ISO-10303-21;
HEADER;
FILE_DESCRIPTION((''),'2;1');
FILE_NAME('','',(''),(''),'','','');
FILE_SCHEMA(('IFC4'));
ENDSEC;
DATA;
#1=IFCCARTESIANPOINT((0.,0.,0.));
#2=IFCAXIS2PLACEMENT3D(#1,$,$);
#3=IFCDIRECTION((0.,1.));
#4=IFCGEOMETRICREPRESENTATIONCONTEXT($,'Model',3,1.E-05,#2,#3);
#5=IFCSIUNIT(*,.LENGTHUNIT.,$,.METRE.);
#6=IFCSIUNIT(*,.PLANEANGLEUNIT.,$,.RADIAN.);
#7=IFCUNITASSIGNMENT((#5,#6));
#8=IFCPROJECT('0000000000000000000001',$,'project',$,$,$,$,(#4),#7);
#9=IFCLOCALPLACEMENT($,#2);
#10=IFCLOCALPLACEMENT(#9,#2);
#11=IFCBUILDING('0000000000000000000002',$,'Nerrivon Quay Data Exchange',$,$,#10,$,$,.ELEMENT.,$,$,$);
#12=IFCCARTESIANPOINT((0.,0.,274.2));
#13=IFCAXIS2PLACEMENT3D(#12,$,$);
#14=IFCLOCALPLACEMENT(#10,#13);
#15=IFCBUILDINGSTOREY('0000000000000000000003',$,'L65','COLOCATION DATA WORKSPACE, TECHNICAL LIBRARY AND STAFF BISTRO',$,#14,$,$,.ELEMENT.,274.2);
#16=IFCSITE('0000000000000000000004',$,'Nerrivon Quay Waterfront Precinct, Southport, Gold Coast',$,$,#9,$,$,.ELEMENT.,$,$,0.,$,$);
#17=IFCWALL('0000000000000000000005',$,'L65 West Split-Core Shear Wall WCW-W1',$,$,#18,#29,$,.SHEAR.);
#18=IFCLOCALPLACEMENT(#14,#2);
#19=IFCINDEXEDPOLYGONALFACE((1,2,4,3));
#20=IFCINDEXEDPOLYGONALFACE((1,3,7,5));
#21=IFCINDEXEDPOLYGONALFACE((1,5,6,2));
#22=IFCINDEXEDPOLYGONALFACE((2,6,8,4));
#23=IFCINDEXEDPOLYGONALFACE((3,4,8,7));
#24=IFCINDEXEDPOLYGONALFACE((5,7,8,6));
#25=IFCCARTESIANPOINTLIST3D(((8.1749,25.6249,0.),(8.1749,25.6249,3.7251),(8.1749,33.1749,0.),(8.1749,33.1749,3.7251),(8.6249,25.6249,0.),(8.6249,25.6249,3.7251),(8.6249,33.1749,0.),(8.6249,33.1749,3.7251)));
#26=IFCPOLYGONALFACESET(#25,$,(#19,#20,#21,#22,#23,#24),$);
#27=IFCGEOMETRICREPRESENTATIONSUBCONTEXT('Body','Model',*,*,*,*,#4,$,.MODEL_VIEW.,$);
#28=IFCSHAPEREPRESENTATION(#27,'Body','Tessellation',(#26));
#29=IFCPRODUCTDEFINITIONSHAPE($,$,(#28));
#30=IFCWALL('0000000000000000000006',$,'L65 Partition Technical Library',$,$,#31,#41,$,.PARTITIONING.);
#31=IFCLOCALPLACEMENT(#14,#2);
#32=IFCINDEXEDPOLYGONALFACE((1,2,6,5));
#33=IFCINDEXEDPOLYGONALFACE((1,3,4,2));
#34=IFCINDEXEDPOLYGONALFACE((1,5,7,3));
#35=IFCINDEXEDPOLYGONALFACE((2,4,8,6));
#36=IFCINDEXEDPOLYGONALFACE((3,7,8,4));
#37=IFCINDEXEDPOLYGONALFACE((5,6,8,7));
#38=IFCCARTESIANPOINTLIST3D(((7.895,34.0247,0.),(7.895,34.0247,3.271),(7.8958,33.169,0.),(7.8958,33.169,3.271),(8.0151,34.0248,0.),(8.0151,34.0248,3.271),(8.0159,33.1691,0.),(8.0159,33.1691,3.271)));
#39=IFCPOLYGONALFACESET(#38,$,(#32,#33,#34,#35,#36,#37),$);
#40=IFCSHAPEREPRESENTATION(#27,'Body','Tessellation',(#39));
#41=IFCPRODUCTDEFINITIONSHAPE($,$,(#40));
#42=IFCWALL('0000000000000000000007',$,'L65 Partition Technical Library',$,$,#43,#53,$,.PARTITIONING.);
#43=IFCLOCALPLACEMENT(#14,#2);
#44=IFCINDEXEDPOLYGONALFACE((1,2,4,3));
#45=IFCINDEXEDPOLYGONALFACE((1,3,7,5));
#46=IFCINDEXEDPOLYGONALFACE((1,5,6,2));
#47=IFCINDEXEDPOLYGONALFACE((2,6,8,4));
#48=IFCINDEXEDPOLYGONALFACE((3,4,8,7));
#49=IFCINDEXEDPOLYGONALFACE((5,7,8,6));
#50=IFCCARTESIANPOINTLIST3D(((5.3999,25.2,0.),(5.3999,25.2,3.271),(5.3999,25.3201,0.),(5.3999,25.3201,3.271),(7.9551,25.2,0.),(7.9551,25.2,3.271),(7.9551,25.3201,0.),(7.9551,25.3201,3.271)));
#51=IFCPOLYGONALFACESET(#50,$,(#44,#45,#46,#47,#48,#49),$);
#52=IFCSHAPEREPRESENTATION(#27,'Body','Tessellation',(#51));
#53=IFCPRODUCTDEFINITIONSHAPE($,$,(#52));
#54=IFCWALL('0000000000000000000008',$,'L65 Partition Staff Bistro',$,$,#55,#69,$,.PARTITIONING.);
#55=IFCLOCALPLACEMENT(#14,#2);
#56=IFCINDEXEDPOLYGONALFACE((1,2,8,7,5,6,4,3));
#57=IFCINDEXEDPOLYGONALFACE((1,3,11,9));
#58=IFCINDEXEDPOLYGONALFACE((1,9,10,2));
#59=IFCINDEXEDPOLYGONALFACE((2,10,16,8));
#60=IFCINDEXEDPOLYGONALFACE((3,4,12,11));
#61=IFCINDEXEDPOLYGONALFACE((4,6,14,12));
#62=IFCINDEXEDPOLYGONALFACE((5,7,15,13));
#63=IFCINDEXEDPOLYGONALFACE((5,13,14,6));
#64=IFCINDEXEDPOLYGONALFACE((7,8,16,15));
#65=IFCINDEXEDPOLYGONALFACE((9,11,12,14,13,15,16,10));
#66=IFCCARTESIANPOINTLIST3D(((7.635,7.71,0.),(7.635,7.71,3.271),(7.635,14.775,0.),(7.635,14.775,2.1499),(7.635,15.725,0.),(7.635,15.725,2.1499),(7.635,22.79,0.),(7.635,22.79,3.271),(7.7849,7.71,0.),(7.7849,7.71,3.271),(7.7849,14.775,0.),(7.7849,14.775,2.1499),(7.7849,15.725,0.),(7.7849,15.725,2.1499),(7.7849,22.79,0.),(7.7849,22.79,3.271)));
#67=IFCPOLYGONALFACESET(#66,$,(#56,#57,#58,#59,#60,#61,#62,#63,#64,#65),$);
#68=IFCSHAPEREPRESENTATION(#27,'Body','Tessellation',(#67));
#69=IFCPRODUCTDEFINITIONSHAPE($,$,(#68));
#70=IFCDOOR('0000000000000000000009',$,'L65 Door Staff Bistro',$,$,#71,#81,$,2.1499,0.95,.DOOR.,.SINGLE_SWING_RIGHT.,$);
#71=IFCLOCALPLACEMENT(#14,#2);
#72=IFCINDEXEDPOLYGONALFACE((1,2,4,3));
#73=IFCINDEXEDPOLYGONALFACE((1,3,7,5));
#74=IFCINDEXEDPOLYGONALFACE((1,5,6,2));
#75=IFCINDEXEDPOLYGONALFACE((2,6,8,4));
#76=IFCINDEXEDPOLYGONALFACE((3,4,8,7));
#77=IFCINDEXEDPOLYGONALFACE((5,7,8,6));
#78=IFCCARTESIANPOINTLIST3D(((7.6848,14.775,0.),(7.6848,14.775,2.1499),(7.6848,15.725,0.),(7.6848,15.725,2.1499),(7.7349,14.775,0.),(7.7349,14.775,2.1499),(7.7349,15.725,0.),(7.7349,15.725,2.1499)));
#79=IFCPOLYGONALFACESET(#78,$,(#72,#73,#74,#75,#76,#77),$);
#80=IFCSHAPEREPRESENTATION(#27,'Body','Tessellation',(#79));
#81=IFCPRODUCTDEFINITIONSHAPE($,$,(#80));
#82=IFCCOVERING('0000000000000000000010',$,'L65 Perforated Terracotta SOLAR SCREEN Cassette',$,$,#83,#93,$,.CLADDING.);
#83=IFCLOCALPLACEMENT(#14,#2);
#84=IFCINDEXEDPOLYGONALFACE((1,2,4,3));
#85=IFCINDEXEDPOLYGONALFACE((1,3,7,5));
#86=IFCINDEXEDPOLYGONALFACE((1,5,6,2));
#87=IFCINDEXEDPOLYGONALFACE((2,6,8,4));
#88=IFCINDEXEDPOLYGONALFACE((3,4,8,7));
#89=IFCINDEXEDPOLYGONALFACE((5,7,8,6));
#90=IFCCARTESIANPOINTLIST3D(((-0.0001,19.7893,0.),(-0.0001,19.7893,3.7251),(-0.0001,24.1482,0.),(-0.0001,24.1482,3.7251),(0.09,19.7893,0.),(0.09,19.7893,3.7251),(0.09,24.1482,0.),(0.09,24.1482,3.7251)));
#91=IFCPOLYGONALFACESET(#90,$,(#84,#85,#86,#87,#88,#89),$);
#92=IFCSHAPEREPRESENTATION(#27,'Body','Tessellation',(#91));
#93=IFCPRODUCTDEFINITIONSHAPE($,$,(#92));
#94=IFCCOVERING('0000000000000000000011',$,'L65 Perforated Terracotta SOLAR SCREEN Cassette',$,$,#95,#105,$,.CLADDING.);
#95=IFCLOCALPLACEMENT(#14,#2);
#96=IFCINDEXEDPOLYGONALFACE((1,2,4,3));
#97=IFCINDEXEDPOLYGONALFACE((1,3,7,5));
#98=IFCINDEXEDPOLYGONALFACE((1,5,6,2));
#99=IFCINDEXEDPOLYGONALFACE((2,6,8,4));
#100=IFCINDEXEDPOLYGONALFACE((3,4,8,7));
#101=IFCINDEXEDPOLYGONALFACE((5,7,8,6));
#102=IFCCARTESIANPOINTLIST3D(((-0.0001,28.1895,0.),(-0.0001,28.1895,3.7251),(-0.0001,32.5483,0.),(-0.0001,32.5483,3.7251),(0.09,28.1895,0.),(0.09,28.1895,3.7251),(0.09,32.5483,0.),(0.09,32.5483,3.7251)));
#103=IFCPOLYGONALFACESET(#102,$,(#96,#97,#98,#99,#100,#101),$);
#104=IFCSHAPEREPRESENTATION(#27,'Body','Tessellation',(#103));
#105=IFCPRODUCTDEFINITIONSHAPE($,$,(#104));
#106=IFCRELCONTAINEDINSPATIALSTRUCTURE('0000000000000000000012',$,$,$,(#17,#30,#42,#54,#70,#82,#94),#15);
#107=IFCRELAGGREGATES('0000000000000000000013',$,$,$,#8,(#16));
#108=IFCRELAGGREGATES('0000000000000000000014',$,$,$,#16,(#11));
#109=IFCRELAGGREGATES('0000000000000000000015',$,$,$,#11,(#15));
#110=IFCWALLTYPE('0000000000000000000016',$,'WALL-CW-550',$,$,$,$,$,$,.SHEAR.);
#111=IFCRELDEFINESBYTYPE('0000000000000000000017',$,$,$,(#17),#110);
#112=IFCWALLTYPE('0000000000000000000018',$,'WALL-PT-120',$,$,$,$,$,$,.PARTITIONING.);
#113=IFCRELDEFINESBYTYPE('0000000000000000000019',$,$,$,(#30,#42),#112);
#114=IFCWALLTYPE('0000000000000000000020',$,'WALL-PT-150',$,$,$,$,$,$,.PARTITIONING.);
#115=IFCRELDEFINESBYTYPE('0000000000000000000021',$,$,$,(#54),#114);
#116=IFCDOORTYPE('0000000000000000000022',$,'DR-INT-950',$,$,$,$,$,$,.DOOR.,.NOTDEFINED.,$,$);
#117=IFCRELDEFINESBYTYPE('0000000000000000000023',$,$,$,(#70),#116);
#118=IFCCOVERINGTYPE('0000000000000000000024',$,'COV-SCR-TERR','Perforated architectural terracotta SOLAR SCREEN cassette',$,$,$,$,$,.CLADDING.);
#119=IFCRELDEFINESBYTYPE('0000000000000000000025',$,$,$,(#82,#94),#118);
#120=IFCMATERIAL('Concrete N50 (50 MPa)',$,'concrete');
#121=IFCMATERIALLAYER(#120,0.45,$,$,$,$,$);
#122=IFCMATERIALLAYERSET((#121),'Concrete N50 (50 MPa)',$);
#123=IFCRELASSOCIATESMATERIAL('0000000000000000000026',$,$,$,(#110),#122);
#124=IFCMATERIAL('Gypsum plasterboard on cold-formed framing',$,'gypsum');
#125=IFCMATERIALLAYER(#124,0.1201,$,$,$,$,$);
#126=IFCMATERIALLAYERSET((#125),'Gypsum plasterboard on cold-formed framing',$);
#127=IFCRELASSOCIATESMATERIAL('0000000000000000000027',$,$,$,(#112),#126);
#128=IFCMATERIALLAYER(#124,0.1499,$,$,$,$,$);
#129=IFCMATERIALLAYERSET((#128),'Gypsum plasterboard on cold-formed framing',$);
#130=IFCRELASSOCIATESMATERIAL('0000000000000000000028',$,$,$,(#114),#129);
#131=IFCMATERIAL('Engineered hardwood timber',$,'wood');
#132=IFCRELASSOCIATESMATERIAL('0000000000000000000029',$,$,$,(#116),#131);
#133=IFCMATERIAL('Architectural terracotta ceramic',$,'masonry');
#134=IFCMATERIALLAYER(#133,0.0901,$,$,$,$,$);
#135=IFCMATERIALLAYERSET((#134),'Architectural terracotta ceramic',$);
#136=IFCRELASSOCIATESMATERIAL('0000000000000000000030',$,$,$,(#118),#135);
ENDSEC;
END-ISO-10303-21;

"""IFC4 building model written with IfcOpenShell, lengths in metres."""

from ifc_helpers import new_model, si_unit, direction, frame, frame_2d, origin, origin_2d, place, context, subcontext, project, spatial, rectangle, extrude, material, layer, layer_set, type_object, element, fill, save


model = new_model("IFC4")

# Units and contexts
model_context = context("Model", 3, precision=1e-05, world=origin(), true_north=direction((0.0, 1.0)))
body_context = subcontext(model_context, "Body", "Model", "MODEL_VIEW")
ifc_project = project(units=[si_unit("LENGTHUNIT", "METRE"), si_unit("PLANEANGLEUNIT", "RADIAN")], contexts=[model_context])

# Site, building, storey
site_placement = place(None, origin())
site = spatial("IfcSite", under=ifc_project, at=site_placement, Name="Nerrivon Quay Waterfront Precinct, Southport, Gold Coast", CompositionType="ELEMENT", RefElevation=0.0)
building_placement = place(site_placement, origin())
building = spatial("IfcBuilding", under=site, at=building_placement, Name="Nerrivon Quay Data Exchange", CompositionType="ELEMENT")
storey_placement = place(building_placement, frame((0.0, 0.0, 274.2)))
storey = spatial("IfcBuildingStorey", under=building, at=storey_placement, Name="L65", Description="COLOCATION DATA WORKSPACE, TECHNICAL LIBRARY AND STAFF BISTRO", CompositionType="ELEMENT", Elevation=274.2)

# Shared definitions
ifc_material_1 = material(Name="Concrete N50 (50 MPa)", Category="concrete")

# Walls
ifc_layer_1 = layer(ifc_material_1, 0.45)
ifc_layer_set_1 = layer_set([ifc_layer_1], Name="Concrete N50 (50 MPa)")
wall_type_1 = type_object("IfcWallType", Name="WALL-CW-550", PredefinedType="SHEAR", material=ifc_layer_set_1)
wall_1_placement = place(storey_placement, frame((8.3999, 25.625, 0.0), z_axis=(0.0, 0.0, 1.0), x_axis=(0.0, 1.0, 0.0)))
element("IfcWall", 1, at=wall_1_placement, inside=storey, type_object=wall_type_1, Name="L65 West Split-Core Shear Wall WCW-W1", PredefinedType="SHEAR", context=body_context, shape_type="SweptSolid", body=[
    extrude(rectangle(XDim=7.55, YDim=0.45, at=frame_2d((3.7749, 0.0))), origin(), (0.0, 0.0, 1.0), 3.7251),
])
ifc_material_2 = material(Name="Gypsum plasterboard on cold-formed framing", Category="gypsum")
ifc_layer_2 = layer(ifc_material_2, 0.1201)
ifc_layer_set_2 = layer_set([ifc_layer_2], Name="Gypsum plasterboard on cold-formed framing")
wall_type_2 = type_object("IfcWallType", Name="WALL-PT-120", PredefinedType="PARTITIONING", material=ifc_layer_set_2)
wall_2_placement = place(storey_placement, frame((7.9558, 33.1692, 0.0), z_axis=(0.0, 0.0, 1.0), x_axis=(-0.000856, 1.0, 0.0)))
element("IfcWall", 2, at=wall_2_placement, inside=storey, type_object=wall_type_2, Name="L65 Partition Technical Library", PredefinedType="PARTITIONING", context=body_context, shape_type="SweptSolid", body=[
    extrude(rectangle(XDim=0.8557, YDim=0.1201, at=frame_2d((0.4277, 0.0))), origin(), (0.0, 0.0, 1.0), 3.271),
])
wall_3_placement = place(storey_placement, frame((5.3999, 25.26, 0.0), z_axis=(0.0, 0.0, 1.0), x_axis=(1.0, 0.0, 0.0)))
element("IfcWall", 3, at=wall_3_placement, inside=storey, type_object=wall_type_2, Name="L65 Partition Technical Library", PredefinedType="PARTITIONING", context=body_context, shape_type="SweptSolid", body=[
    extrude(rectangle(XDim=2.5552, YDim=0.1201, at=frame_2d((1.2776, 0.0))), origin(), (0.0, 0.0, 1.0), 3.271),
])

# Wall, opening, door
ifc_layer_3 = layer(ifc_material_2, 0.1499)
ifc_layer_set_3 = layer_set([ifc_layer_3], Name="Gypsum plasterboard on cold-formed framing")
wall_type_3 = type_object("IfcWallType", Name="WALL-PT-150", PredefinedType="PARTITIONING", material=ifc_layer_set_3)
wall_4_placement = place(storey_placement, frame((7.71, 22.79, 0.0), z_axis=(0.0, 0.0, 1.0), x_axis=(0.0, -1.0, 0.0)))
wall_4 = element("IfcWall", 4, at=wall_4_placement, inside=storey, type_object=wall_type_3, Name="L65 Partition Staff Bistro", PredefinedType="PARTITIONING", context=body_context, shape_type="SweptSolid", body=[
    extrude(rectangle(XDim=15.0801, YDim=0.1499, at=frame_2d((7.54, 0.0))), origin(), (0.0, 0.0, 1.0), 3.271),
])
opening_placement = place(wall_4_placement, frame((7.0649, 0.0, 0.0)))
opening = element("IfcOpeningElement", 5, at=opening_placement, cuts=wall_4, PredefinedType="OPENING", context=body_context, shape_type="SweptSolid", body=[
    extrude(rectangle(XDim=0.95, YDim=2.1499, at=frame_2d((0.4751, 1.075))), frame((0.0, 0.085, 0.0), z_axis=(0.0, -1.0, 0.0), x_axis=(1.0, 0.0, 0.0)), (0.0, 0.0, 1.0), 0.1699),
])
ifc_material_3 = material(Name="Engineered hardwood timber", Category="wood")
door_type = type_object("IfcDoorType", Name="DR-INT-950", OperationType="NOTDEFINED", PredefinedType="DOOR", material=ifc_material_3)
door_placement = place(opening_placement, origin())
door = element("IfcDoor", 6, at=door_placement, inside=storey, type_object=door_type, Name="L65 Door Staff Bistro", OperationType="SINGLE_SWING_RIGHT", OverallHeight=2.1499, OverallWidth=0.95, PredefinedType="DOOR", context=body_context, shape_type="SweptSolid", body=[
    extrude(rectangle(XDim=0.95, YDim=2.1499, at=frame_2d((0.4751, 1.075))), frame((0.0, 0.0249, 0.0), z_axis=(0.0, -1.0, 0.0), x_axis=(1.0, 0.0, 0.0)), (0.0, 0.0, 1.0), 0.05),
])
fill(opening, door)

# Coverings
ifc_material_4 = material(Name="Architectural terracotta ceramic", Category="masonry")
ifc_layer_4 = layer(ifc_material_4, 0.0901)
ifc_layer_set_4 = layer_set([ifc_layer_4], Name="Architectural terracotta ceramic")
covering_type = type_object("IfcCoveringType", Name="COV-SCR-TERR", Description="Perforated architectural terracotta SOLAR SCREEN cassette", PredefinedType="CLADDING", material=ifc_layer_set_4)
for number, where, z_axis, x_axis, name in (
    (7, (0.0449, 21.9688, 0.0), (0.0, 0.0, 1.0), (0.0, 1.0, 0.0), "L65 Perforated Terracotta SOLAR SCREEN Cassette"),
    (8, (0.0449, 30.3689, 0.0), (0.0, 0.0, 1.0), (0.0, 1.0, 0.0), "L65 Perforated Terracotta SOLAR SCREEN Cassette"),
):
    element("IfcCovering", number, at=place(storey_placement, frame(where, z_axis=z_axis, x_axis=x_axis)), inside=storey, type_object=covering_type, Name=name, PredefinedType="CLADDING", context=body_context, shape_type="SweptSolid", body=[
        extrude(rectangle(XDim=4.3589, YDim=0.0901, at=origin_2d()), origin(), (0.0, 0.0, 1.0), 3.7251),
    ])

save(model, "model.ifc")
